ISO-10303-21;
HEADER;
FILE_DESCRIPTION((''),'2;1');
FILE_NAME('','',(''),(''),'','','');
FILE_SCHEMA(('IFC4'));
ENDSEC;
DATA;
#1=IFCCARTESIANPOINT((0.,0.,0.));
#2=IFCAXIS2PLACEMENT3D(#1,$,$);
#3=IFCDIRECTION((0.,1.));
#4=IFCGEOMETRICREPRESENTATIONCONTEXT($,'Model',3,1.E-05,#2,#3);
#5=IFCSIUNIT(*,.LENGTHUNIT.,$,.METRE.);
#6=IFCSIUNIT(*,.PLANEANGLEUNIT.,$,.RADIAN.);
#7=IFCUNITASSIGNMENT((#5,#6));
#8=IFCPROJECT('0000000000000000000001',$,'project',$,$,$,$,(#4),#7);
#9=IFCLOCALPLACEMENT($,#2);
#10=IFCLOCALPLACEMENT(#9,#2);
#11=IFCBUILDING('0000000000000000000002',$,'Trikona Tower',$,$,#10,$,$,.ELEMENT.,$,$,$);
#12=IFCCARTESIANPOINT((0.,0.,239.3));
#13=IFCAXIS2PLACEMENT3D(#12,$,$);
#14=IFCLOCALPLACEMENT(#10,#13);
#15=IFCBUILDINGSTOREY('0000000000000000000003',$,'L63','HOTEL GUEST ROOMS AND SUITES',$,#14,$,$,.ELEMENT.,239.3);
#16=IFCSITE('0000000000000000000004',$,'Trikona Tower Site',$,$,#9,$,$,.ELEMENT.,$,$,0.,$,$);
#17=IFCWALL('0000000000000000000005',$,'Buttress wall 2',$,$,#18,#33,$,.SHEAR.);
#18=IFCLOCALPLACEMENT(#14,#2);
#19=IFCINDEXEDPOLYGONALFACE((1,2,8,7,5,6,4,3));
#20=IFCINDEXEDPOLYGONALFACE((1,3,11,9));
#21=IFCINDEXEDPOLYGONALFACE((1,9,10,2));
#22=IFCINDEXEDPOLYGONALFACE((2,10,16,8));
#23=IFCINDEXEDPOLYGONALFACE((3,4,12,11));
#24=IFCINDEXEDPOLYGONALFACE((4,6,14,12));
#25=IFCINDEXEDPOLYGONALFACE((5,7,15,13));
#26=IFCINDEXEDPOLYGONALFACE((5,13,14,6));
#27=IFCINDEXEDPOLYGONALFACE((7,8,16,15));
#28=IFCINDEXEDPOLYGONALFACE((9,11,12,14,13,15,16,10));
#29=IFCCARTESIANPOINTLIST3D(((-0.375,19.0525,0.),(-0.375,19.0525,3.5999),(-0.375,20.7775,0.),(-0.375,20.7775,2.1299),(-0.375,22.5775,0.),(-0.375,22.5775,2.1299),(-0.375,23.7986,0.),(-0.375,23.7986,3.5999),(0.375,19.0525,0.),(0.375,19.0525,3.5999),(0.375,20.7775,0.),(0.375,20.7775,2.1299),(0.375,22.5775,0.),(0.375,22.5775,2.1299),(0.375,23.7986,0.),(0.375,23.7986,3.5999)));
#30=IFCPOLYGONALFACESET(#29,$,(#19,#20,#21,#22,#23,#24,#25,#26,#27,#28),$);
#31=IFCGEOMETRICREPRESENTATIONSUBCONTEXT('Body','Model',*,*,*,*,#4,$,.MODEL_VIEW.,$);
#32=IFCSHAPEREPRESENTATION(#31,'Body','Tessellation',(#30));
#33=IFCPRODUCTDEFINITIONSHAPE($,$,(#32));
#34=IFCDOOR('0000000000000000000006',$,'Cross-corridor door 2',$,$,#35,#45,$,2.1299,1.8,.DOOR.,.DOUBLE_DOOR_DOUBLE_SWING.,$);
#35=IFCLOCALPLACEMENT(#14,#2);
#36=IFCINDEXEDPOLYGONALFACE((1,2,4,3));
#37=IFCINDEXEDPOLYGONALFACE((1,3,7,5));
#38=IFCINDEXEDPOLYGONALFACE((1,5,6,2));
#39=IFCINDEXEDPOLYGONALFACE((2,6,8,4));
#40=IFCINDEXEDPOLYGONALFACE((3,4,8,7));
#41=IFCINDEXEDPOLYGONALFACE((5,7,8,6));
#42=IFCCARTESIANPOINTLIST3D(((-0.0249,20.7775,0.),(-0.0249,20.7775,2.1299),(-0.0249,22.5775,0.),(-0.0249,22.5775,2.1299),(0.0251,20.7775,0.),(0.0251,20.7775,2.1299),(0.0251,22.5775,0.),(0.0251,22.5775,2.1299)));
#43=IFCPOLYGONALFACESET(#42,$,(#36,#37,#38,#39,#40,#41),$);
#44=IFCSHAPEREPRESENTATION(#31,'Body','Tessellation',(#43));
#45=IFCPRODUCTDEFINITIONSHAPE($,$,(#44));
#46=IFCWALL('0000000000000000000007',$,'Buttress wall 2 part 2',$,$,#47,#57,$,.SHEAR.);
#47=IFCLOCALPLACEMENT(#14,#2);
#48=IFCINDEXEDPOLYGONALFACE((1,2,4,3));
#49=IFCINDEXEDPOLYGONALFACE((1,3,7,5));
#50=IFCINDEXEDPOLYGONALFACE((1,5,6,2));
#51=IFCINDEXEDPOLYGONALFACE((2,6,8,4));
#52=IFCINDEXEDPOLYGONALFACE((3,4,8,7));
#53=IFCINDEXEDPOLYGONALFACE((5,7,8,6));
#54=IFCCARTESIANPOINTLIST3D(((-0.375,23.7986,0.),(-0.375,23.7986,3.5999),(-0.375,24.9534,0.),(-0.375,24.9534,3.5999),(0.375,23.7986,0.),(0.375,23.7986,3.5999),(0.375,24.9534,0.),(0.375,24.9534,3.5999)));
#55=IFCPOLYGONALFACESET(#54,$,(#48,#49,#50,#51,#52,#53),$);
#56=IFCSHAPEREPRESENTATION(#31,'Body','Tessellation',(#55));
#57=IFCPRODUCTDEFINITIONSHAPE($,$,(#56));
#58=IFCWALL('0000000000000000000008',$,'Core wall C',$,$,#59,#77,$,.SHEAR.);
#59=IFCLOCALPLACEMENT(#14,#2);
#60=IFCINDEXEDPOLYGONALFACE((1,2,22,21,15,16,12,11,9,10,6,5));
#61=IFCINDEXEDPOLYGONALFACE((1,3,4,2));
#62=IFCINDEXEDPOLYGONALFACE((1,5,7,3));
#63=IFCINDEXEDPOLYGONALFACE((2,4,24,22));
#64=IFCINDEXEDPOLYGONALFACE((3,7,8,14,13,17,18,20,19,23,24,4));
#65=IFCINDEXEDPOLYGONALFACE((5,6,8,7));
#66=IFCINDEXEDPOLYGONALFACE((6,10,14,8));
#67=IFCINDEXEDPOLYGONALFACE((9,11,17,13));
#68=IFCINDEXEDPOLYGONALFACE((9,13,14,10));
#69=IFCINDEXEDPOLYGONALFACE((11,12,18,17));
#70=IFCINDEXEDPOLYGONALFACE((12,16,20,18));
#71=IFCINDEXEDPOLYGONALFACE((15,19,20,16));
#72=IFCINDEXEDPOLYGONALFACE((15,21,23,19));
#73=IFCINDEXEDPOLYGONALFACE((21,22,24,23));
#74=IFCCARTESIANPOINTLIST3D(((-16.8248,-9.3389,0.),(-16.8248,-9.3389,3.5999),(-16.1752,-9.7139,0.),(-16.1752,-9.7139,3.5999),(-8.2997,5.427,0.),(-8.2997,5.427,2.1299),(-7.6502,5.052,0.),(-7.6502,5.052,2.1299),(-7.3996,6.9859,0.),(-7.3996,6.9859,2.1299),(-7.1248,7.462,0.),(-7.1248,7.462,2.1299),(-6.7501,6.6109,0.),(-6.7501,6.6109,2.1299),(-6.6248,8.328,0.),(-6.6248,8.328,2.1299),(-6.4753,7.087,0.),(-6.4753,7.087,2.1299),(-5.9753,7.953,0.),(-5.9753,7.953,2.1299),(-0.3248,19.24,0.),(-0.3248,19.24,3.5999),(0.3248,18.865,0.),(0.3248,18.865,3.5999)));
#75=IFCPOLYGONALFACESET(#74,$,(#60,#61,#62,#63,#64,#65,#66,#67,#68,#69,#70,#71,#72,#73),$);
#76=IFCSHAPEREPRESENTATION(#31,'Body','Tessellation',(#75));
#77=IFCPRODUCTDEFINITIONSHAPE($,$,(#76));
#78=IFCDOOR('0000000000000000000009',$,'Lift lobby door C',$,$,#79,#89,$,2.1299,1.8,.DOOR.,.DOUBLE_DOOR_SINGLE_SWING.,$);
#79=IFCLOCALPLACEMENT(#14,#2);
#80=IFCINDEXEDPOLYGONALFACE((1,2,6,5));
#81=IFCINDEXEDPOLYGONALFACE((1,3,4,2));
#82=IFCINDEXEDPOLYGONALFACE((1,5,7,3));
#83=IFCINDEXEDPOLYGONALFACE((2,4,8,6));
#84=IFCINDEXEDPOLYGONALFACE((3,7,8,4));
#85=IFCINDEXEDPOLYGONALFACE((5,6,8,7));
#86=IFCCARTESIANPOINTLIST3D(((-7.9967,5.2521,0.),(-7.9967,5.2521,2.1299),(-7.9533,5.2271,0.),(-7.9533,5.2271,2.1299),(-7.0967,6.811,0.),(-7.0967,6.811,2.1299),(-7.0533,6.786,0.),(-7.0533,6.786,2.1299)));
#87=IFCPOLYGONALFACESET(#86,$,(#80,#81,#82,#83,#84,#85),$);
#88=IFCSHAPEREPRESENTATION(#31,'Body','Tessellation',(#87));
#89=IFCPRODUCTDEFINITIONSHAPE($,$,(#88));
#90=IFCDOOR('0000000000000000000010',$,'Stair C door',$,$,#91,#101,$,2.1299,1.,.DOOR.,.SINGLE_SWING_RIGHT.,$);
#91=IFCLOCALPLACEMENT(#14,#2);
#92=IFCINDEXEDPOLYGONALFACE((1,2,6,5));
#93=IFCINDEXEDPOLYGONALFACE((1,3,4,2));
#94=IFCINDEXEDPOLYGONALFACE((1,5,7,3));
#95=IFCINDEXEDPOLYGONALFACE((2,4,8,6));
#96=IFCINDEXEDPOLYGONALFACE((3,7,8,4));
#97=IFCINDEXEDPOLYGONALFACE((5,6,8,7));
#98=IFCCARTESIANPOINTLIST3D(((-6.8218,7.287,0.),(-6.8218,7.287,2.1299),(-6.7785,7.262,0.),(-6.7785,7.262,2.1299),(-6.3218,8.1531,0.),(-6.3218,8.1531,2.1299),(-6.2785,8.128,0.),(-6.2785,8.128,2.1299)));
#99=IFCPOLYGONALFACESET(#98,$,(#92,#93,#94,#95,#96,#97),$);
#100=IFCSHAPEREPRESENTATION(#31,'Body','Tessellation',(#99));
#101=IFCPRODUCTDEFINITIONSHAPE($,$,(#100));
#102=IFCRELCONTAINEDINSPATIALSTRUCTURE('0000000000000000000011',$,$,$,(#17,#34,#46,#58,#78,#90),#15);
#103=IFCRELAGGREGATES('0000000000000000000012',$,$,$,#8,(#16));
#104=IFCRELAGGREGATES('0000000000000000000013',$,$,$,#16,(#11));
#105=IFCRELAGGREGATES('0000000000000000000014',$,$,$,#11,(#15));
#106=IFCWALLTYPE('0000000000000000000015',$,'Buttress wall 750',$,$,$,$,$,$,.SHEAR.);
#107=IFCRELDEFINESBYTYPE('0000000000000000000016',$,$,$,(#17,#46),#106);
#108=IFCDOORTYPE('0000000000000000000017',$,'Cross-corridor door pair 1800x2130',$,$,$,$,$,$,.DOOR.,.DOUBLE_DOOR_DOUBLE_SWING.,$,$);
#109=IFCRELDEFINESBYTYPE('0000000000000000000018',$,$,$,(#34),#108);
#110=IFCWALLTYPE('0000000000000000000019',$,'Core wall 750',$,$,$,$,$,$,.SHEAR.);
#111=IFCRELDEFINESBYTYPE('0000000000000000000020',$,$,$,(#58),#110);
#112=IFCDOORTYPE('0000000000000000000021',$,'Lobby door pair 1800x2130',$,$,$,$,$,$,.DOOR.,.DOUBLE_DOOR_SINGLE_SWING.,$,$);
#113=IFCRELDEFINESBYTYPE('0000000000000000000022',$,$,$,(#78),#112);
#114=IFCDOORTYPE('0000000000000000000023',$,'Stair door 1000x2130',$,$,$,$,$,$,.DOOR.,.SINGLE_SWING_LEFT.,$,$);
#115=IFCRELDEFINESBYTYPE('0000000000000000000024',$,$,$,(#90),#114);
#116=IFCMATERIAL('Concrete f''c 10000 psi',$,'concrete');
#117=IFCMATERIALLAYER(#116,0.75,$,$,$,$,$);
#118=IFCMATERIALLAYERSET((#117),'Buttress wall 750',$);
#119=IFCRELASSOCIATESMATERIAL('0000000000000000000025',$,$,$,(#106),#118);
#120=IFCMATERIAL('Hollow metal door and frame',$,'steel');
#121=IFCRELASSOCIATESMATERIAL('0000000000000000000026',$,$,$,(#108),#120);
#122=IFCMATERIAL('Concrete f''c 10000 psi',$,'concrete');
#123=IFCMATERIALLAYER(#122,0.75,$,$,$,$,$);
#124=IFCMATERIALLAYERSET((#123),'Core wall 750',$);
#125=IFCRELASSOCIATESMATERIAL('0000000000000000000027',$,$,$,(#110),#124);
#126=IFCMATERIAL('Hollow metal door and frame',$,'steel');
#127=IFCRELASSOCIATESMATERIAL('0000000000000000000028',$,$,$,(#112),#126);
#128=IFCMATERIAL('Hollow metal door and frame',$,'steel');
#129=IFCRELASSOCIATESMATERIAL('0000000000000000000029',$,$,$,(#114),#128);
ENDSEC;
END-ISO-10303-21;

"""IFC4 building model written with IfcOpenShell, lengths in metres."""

from ifc_helpers import new_model, si_unit, direction, frame, frame_2d, origin, place, context, subcontext, project, spatial, rectangle, extrude, material, layer, layer_set, type_object, element, fill, save


model = new_model("IFC4")

# Units and contexts
model_context = context("Model", 3, precision=1e-05, world=origin(), true_north=direction((0.0, 1.0)))
body_context = subcontext(model_context, "Body", "Model", "MODEL_VIEW")
ifc_project = project(units=[si_unit("LENGTHUNIT", "METRE"), si_unit("PLANEANGLEUNIT", "RADIAN")], contexts=[model_context])

# Site, building, storey
site_placement = place(None, origin())
site = spatial("IfcSite", under=ifc_project, at=site_placement, Name="Trikona Tower Site", CompositionType="ELEMENT", RefElevation=0.0)
building_placement = place(site_placement, origin())
building = spatial("IfcBuilding", under=site, at=building_placement, Name="Trikona Tower", CompositionType="ELEMENT")
storey_placement = place(building_placement, frame((0.0, 0.0, 239.3)))
storey = spatial("IfcBuildingStorey", under=building, at=storey_placement, Name="L63", Description="HOTEL GUEST ROOMS AND SUITES", CompositionType="ELEMENT", Elevation=239.3)

# Wall, opening, door
ifc_material_1 = material(Name="Concrete f'c 10000 psi", Category="concrete")
ifc_layer_1 = layer(ifc_material_1, 0.75)
ifc_layer_set_1 = layer_set([ifc_layer_1], Name="Buttress wall 750")
wall_type_1 = type_object("IfcWallType", Name="Buttress wall 750", PredefinedType="SHEAR", material=ifc_layer_set_1)
wall_1_placement = place(storey_placement, frame((0.0, 19.0525, 0.0), z_axis=(0.0, 0.0, 1.0), x_axis=(0.0, 1.0, 0.0)))
wall_1 = element("IfcWall", 1, at=wall_1_placement, inside=storey, type_object=wall_type_1, Name="Buttress wall 2", PredefinedType="SHEAR", context=body_context, shape_type="SweptSolid", body=[
    extrude(rectangle(XDim=4.7461, YDim=0.75, at=frame_2d((2.373, 0.0))), origin(), (0.0, 0.0, 1.0), 3.5999),
])
opening_1_placement = place(wall_1_placement, frame((1.7251, 0.0, 0.0)))
opening_1 = element("IfcOpeningElement", 2, at=opening_1_placement, cuts=wall_1, PredefinedType="OPENING", context=body_context, shape_type="SweptSolid", body=[
    extrude(rectangle(XDim=1.8, YDim=2.1299, at=frame_2d((0.8999, 1.0649))), frame((0.0, 0.385, 0.0), z_axis=(0.0, -1.0, 0.0), x_axis=(1.0, 0.0, 0.0)), (0.0, 0.0, 1.0), 0.77),
])
ifc_material_2 = material(Name="Hollow metal door and frame", Category="steel")
door_type_1 = type_object("IfcDoorType", Name="Cross-corridor door pair 1800x2130", OperationType="DOUBLE_DOOR_DOUBLE_SWING", PredefinedType="DOOR", material=ifc_material_2)
door_1_placement = place(opening_1_placement, origin())
door_1 = element("IfcDoor", 3, at=door_1_placement, inside=storey, type_object=door_type_1, Name="Cross-corridor door 2", OperationType="DOUBLE_DOOR_DOUBLE_SWING", OverallHeight=2.1299, OverallWidth=1.8, PredefinedType="DOOR", context=body_context, shape_type="SweptSolid", body=[
    extrude(rectangle(XDim=1.8, YDim=2.1299, at=frame_2d((0.8999, 1.0649))), frame((0.0, 0.0249, 0.0), z_axis=(0.0, -1.0, 0.0), x_axis=(1.0, 0.0, 0.0)), (0.0, 0.0, 1.0), 0.05),
])
fill(opening_1, door_1)

# Wall
wall_2_placement = place(storey_placement, frame((0.0, 23.7986, 0.0), z_axis=(0.0, 0.0, 1.0), x_axis=(0.0, 1.0, 0.0)))
element("IfcWall", 4, at=wall_2_placement, inside=storey, type_object=wall_type_1, Name="Buttress wall 2 part 2", PredefinedType="SHEAR", context=body_context, shape_type="SweptSolid", body=[
    extrude(rectangle(XDim=1.1548, YDim=0.75, at=frame_2d((0.5774, 0.0))), origin(), (0.0, 0.0, 1.0), 3.5999),
])

# Wall, openings, doors
ifc_material_3 = material(Name="Concrete f'c 10000 psi", Category="concrete")
ifc_layer_2 = layer(ifc_material_3, 0.75)
ifc_layer_set_2 = layer_set([ifc_layer_2], Name="Core wall 750")
wall_type_2 = type_object("IfcWallType", Name="Core wall 750", PredefinedType="SHEAR", material=ifc_layer_set_2)
wall_3_placement = place(storey_placement, frame((0.0, 19.0525, 0.0), z_axis=(0.0, 0.0, 1.0), x_axis=(-0.5, -0.866026, 0.0)))
wall_3 = element("IfcWall", 5, at=wall_3_placement, inside=storey, type_object=wall_type_2, Name="Core wall C", PredefinedType="SHEAR", context=body_context, shape_type="SweptSolid", body=[
    extrude(rectangle(XDim=33.0, YDim=0.75, at=frame_2d((16.5, 0.0))), origin(), (0.0, 0.0, 1.0), 3.5999),
])
opening_2_placement = place(wall_3_placement, frame((14.1499, 0.0, 0.0)))
opening_2 = element("IfcOpeningElement", 6, at=opening_2_placement, cuts=wall_3, PredefinedType="OPENING", context=body_context, shape_type="SweptSolid", body=[
    extrude(rectangle(XDim=1.8, YDim=2.1299, at=frame_2d((0.8999, 1.0649))), frame((0.0, 0.385, 0.0), z_axis=(0.0, -1.0, 0.0), x_axis=(1.0, 0.0, 0.0)), (0.0, 0.0, 1.0), 0.77),
])
opening_3_placement = place(wall_3_placement, frame((12.6001, 0.0, 0.0)))
opening_3 = element("IfcOpeningElement", 7, at=opening_3_placement, cuts=wall_3, PredefinedType="OPENING", context=body_context, shape_type="SweptSolid", body=[
    extrude(rectangle(XDim=1.0, YDim=2.1299, at=frame_2d((0.5, 1.0649))), frame((0.0, 0.385, 0.0), z_axis=(0.0, -1.0, 0.0), x_axis=(1.0, 0.0, 0.0)), (0.0, 0.0, 1.0), 0.77),
])
ifc_material_4 = material(Name="Hollow metal door and frame", Category="steel")
door_type_2 = type_object("IfcDoorType", Name="Lobby door pair 1800x2130", OperationType="DOUBLE_DOOR_SINGLE_SWING", PredefinedType="DOOR", material=ifc_material_4)
door_2_placement = place(opening_2_placement, origin())
door_2 = element("IfcDoor", 8, at=door_2_placement, inside=storey, type_object=door_type_2, Name="Lift lobby door C", OperationType="DOUBLE_DOOR_SINGLE_SWING", OverallHeight=2.1299, OverallWidth=1.8, PredefinedType="DOOR", context=body_context, shape_type="SweptSolid", body=[
    extrude(rectangle(XDim=1.8, YDim=2.1299, at=frame_2d((0.8999, 1.0649))), frame((0.0, 0.0249, 0.0), z_axis=(0.0, -1.0, 0.0), x_axis=(1.0, 0.0, 0.0)), (0.0, 0.0, 1.0), 0.05),
])
fill(opening_2, door_2)
ifc_material_5 = material(Name="Hollow metal door and frame", Category="steel")
door_type_3 = type_object("IfcDoorType", Name="Stair door 1000x2130", OperationType="SINGLE_SWING_LEFT", PredefinedType="DOOR", material=ifc_material_5)
door_3_placement = place(opening_3_placement, origin())
door_3 = element("IfcDoor", 9, at=door_3_placement, inside=storey, type_object=door_type_3, Name="Stair C door", OperationType="SINGLE_SWING_RIGHT", OverallHeight=2.1299, OverallWidth=1.0, PredefinedType="DOOR", context=body_context, shape_type="SweptSolid", body=[
    extrude(rectangle(XDim=1.0, YDim=2.1299, at=frame_2d((0.5, 1.0649))), frame((0.0, 0.0249, 0.0), z_axis=(0.0, -1.0, 0.0), x_axis=(1.0, 0.0, 0.0)), (0.0, 0.0, 1.0), 0.05),
])
fill(opening_3, door_3)

save(model, "model.ifc")
